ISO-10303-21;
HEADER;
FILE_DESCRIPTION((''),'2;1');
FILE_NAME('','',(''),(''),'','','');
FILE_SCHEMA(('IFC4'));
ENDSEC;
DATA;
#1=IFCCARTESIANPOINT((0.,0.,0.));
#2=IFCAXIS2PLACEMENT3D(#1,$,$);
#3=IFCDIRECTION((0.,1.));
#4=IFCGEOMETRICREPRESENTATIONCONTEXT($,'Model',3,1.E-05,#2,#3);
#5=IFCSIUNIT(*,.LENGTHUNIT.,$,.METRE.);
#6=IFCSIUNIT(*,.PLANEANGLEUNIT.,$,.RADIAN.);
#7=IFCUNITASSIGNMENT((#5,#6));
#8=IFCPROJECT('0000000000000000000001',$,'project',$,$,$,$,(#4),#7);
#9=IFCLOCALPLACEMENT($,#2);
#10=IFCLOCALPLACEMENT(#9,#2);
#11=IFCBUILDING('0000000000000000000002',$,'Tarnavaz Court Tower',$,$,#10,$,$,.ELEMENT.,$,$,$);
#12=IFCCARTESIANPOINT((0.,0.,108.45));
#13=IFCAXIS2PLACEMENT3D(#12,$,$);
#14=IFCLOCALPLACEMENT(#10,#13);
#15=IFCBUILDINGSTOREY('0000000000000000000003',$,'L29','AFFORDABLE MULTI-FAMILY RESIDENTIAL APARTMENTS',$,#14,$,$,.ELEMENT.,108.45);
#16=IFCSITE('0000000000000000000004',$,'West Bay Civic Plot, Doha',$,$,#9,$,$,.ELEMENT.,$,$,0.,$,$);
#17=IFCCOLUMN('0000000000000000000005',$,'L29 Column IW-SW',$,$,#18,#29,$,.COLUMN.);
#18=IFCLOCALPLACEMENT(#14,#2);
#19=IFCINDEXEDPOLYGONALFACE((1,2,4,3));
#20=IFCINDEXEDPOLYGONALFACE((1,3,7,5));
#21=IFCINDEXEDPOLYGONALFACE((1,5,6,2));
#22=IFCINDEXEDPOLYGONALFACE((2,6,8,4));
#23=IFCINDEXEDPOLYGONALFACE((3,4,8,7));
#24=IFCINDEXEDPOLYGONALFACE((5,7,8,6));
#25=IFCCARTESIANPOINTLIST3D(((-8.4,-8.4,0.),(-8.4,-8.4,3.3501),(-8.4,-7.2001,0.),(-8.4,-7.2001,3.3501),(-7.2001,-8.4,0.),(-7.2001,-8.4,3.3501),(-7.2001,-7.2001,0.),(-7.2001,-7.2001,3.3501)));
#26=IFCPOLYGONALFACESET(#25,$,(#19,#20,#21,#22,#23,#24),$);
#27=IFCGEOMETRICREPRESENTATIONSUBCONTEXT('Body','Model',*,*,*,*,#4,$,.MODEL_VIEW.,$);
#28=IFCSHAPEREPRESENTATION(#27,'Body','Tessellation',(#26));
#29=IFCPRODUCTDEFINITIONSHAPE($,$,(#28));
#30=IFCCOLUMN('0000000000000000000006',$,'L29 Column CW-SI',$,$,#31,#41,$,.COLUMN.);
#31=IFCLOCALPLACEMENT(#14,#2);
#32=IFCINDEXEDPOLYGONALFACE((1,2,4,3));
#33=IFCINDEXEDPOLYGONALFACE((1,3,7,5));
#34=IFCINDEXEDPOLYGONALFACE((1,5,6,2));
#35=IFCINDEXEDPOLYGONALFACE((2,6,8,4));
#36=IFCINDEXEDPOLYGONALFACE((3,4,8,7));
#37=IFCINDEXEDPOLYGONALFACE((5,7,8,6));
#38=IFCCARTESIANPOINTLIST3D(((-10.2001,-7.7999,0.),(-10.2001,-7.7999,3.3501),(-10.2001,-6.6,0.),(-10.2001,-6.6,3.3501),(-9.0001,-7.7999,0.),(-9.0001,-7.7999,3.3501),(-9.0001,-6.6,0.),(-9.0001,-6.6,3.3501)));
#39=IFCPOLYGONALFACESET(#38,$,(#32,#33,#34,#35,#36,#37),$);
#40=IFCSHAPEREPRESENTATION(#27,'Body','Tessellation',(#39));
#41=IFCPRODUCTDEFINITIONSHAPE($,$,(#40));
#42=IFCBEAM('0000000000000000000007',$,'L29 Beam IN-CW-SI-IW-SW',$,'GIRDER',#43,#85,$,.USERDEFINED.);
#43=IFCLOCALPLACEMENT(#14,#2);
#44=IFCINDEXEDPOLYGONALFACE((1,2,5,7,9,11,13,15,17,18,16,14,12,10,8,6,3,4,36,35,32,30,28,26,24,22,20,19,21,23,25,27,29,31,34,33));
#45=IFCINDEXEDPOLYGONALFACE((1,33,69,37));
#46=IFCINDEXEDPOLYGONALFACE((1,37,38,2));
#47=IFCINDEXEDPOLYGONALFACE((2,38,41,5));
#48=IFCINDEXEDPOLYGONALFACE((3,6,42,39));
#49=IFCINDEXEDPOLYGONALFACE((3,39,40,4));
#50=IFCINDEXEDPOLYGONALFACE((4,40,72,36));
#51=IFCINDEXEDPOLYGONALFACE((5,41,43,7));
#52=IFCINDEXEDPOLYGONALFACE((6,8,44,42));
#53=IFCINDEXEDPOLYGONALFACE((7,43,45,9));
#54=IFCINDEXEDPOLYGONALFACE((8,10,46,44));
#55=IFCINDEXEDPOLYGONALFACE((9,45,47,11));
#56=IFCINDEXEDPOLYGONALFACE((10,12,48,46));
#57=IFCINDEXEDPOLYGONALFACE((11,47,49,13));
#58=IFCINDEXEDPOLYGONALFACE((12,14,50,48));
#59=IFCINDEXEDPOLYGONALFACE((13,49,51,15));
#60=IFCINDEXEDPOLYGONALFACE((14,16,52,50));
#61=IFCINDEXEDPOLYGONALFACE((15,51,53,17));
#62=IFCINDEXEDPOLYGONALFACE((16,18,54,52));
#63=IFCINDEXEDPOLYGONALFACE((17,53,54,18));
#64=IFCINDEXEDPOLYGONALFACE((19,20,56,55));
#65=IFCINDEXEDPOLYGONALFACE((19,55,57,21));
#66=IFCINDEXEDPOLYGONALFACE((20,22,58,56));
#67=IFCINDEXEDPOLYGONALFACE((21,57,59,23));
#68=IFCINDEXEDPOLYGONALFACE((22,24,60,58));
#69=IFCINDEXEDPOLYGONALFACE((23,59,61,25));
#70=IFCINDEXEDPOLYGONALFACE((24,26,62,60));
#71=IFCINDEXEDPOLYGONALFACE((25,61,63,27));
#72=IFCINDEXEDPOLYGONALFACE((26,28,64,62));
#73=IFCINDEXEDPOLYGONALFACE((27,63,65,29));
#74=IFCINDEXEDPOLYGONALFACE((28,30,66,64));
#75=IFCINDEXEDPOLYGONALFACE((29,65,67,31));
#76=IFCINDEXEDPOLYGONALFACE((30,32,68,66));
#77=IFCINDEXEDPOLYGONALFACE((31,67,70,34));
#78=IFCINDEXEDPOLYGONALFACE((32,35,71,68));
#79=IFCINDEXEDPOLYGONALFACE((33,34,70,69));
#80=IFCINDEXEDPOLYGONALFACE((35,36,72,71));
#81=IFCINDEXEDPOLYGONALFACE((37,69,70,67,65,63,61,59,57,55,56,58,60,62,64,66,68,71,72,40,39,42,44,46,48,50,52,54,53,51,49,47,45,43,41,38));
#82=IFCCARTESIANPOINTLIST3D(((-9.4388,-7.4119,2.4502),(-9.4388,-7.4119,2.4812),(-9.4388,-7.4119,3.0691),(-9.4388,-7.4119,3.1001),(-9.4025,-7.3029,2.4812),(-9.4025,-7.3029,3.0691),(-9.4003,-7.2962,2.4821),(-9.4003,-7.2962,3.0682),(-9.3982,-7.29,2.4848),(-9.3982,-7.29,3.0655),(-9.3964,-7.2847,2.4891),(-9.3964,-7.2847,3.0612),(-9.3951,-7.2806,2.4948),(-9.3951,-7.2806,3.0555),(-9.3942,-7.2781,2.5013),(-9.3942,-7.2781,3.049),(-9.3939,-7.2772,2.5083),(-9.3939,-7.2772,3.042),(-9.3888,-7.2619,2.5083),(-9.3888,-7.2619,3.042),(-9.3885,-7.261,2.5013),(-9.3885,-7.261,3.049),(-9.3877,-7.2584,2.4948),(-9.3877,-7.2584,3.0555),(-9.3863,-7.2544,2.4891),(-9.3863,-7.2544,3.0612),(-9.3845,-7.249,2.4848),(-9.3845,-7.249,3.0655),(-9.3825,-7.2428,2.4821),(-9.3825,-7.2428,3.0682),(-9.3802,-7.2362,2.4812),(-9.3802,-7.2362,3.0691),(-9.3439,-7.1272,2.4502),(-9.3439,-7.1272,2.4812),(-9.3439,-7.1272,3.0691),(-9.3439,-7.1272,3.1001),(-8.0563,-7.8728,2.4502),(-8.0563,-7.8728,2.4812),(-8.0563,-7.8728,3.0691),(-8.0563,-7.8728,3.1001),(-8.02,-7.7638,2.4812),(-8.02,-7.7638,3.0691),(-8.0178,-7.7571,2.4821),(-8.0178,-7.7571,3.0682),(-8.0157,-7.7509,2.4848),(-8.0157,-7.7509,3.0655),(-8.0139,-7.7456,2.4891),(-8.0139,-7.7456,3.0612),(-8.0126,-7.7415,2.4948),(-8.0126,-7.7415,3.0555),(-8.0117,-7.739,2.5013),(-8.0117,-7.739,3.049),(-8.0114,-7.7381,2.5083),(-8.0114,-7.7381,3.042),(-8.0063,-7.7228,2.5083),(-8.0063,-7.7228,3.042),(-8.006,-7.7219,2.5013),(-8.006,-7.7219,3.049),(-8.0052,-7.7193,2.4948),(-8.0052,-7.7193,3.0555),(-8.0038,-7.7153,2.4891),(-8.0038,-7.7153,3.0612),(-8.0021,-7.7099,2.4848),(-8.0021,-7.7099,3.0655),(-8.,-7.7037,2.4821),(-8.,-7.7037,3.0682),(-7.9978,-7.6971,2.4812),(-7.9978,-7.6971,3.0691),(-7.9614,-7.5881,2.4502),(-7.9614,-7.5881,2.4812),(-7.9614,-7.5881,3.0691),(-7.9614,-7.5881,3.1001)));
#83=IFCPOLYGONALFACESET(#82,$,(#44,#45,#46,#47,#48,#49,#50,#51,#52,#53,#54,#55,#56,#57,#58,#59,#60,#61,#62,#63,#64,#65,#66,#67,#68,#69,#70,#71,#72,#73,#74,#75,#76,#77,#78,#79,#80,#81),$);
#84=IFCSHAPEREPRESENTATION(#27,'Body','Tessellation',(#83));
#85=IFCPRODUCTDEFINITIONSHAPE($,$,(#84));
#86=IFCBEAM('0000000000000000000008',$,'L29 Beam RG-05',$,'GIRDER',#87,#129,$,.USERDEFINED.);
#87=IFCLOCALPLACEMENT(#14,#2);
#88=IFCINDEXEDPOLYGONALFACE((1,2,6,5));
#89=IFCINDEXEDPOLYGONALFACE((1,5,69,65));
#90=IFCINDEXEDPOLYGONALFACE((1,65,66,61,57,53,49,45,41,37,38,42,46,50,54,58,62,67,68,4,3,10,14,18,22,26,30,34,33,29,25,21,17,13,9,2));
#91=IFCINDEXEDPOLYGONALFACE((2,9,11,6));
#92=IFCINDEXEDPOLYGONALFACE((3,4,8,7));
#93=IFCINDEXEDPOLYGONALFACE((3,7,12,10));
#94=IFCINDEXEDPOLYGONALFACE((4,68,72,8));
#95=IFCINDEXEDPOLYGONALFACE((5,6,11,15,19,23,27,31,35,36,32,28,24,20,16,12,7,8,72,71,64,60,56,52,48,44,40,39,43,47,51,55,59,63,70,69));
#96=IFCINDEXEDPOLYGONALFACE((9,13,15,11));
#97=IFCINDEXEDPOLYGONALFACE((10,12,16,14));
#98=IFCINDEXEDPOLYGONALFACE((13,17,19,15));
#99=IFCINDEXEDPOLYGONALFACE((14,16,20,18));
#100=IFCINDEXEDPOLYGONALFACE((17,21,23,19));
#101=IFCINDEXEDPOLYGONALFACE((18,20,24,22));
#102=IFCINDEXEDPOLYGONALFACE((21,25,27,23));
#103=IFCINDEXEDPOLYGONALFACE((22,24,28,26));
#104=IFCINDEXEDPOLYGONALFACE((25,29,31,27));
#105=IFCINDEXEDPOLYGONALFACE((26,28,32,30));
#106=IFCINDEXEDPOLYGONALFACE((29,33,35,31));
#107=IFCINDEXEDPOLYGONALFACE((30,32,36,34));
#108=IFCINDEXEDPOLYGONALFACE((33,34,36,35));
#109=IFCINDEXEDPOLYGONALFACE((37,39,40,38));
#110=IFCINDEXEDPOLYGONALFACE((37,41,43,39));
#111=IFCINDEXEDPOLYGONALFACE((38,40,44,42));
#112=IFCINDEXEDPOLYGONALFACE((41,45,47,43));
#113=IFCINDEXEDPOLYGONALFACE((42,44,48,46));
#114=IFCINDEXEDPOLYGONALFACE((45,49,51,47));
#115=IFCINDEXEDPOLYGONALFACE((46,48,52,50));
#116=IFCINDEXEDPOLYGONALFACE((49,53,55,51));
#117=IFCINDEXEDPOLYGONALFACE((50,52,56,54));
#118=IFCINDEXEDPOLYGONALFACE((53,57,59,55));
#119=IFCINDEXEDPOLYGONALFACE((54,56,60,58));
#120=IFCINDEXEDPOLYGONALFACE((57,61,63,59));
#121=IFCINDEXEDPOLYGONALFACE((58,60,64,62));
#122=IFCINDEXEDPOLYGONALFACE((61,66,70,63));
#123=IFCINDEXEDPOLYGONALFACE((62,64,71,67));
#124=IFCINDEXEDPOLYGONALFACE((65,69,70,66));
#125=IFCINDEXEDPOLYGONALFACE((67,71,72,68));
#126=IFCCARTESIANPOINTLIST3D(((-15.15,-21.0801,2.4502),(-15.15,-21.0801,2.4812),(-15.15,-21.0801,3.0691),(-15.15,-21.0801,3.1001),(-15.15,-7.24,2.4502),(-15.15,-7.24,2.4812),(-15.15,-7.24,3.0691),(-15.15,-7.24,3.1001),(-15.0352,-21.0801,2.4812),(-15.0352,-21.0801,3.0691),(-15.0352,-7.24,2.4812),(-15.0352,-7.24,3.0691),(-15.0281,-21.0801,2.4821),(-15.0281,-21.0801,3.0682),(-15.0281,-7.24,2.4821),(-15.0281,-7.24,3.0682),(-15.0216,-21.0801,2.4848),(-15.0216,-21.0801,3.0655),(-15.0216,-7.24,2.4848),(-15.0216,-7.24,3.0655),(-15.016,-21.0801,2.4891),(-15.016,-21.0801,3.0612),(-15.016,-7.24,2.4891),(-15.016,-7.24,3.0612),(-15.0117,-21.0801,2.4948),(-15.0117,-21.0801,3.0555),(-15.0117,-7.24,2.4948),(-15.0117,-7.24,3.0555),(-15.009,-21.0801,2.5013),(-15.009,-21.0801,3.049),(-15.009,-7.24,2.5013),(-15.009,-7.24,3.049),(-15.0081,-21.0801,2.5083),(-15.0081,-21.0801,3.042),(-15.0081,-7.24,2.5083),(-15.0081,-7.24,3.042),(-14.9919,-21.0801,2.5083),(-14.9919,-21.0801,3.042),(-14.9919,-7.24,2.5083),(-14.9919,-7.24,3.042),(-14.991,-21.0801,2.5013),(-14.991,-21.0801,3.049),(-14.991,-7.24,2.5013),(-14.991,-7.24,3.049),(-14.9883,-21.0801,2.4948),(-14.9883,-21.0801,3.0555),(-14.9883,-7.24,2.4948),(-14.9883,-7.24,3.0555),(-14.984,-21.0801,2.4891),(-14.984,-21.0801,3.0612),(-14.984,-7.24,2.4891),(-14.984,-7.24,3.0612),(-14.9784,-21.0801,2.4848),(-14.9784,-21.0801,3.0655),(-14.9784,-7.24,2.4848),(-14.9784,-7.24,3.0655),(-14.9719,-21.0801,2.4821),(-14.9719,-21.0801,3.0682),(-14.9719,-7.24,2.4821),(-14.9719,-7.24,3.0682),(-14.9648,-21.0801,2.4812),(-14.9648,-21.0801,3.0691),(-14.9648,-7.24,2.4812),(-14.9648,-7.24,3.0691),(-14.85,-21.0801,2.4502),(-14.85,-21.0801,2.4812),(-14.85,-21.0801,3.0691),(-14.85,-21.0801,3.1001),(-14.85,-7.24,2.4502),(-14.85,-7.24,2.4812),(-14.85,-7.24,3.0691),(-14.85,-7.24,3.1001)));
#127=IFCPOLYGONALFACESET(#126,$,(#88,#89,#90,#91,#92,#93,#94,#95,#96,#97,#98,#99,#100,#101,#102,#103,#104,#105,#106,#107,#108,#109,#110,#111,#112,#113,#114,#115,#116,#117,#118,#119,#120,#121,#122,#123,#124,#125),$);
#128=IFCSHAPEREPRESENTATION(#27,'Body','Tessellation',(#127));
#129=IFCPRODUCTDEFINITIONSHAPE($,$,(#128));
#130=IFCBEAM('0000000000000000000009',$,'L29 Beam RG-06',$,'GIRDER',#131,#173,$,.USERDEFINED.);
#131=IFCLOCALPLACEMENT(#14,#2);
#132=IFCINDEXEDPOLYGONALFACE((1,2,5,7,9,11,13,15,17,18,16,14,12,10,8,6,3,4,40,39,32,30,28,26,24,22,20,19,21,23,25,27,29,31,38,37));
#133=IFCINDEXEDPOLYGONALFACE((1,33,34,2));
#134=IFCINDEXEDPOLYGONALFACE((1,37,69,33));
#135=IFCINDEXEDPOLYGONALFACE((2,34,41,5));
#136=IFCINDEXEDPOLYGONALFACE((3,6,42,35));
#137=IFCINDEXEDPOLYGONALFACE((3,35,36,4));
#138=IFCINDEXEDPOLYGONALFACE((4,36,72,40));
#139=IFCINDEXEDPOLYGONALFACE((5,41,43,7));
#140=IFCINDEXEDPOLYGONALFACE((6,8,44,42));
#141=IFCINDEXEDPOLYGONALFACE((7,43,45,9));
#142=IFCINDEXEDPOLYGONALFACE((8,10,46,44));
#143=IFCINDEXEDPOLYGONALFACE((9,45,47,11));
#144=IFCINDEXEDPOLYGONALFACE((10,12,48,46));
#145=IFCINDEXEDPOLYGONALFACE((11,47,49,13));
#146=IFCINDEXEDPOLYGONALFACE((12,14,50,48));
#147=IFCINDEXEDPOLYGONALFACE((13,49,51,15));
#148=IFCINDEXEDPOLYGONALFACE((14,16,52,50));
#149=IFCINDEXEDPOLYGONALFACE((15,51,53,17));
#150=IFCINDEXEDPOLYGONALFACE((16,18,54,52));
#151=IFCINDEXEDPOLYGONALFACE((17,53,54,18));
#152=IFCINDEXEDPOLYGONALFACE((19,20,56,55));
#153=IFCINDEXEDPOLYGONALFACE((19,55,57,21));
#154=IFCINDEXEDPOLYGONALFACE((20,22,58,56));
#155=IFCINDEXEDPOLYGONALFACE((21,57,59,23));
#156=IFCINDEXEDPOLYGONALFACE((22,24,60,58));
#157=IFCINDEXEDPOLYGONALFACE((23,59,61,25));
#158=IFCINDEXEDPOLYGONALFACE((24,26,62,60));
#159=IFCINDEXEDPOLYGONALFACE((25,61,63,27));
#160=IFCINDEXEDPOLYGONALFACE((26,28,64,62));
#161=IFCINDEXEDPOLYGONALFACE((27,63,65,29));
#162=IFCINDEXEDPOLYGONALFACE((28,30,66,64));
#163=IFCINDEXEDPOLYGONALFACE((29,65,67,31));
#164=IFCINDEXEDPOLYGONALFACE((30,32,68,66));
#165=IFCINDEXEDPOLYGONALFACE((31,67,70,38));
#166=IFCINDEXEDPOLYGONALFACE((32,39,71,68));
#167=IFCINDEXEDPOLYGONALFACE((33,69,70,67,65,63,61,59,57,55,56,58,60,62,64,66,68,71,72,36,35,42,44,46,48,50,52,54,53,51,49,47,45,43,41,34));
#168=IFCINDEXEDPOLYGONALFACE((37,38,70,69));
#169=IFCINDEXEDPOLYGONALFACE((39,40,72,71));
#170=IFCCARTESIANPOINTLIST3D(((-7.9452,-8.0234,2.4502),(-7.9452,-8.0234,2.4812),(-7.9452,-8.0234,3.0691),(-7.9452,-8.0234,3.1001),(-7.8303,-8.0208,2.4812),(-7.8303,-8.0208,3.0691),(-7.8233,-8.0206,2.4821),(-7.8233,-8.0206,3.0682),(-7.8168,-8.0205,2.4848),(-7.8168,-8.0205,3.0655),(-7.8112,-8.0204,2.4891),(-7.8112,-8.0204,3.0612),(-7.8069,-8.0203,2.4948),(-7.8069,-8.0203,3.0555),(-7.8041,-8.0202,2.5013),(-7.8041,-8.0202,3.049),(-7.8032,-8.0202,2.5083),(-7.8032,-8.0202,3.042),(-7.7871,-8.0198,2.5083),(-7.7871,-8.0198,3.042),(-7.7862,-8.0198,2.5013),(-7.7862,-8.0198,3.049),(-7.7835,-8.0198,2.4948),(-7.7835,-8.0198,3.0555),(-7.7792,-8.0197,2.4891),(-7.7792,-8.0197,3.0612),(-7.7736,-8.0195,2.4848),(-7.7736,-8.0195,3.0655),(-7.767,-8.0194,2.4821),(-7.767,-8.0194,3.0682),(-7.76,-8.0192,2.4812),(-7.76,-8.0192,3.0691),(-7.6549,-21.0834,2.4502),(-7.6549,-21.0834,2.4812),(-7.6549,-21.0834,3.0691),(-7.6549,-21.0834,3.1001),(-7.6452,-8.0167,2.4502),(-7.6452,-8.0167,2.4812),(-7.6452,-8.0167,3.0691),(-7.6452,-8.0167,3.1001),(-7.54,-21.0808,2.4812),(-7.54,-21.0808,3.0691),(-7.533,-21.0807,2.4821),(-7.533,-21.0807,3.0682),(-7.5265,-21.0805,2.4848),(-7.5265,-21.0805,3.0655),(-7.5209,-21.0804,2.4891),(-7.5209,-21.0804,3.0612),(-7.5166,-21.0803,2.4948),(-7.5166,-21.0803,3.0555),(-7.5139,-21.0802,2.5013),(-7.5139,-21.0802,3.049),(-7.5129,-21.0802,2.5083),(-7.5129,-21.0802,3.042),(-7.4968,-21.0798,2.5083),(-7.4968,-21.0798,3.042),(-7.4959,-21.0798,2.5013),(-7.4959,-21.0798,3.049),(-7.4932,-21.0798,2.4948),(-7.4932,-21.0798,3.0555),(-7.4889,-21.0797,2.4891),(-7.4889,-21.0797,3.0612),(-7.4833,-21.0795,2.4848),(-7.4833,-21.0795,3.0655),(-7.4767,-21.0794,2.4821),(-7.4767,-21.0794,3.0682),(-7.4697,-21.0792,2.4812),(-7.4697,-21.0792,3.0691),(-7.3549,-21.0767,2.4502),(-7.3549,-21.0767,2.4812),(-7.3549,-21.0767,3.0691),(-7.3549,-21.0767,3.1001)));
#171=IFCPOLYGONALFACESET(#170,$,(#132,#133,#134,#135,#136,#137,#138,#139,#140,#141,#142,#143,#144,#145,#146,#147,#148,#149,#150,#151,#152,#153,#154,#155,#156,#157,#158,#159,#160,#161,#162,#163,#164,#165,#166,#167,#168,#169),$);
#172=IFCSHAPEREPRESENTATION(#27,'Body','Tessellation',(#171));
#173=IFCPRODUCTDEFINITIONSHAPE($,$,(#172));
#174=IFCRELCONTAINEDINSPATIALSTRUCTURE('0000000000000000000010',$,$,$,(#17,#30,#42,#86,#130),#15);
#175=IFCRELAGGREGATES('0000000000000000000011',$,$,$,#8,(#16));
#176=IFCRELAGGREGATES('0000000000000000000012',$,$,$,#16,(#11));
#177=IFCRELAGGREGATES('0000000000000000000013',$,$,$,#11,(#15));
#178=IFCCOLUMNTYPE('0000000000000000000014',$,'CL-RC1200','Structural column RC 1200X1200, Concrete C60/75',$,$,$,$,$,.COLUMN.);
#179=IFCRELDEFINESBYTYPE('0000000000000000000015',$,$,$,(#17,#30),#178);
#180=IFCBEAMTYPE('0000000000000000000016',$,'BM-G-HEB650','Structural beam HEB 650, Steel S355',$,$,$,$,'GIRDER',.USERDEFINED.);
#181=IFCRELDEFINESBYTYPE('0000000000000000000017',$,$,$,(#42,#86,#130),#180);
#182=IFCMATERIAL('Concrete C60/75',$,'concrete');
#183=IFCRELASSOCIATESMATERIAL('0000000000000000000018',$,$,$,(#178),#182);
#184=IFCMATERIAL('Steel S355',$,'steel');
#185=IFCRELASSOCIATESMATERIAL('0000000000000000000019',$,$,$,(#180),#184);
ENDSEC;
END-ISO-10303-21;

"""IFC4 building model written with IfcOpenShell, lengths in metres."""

from ifc_helpers import new_model, si_unit, direction, frame, origin, origin_2d, place, context, subcontext, project, spatial, rectangle, i_section, extrude, material, material_profile, profile_set, type_object, element, save


model = new_model("IFC4")

# Units and contexts
model_context = context("Model", 3, precision=1e-05, world=origin(), true_north=direction((0.0, 1.0)))
body_context = subcontext(model_context, "Body", "Model", "MODEL_VIEW")
ifc_project = project(units=[si_unit("LENGTHUNIT", "METRE"), si_unit("PLANEANGLEUNIT", "RADIAN")], contexts=[model_context])

# Site, building, storey
site_placement = place(None, origin())
site = spatial("IfcSite", under=ifc_project, at=site_placement, Name="West Bay Civic Plot, Doha", CompositionType="ELEMENT", RefElevation=0.0)
building_placement = place(site_placement, origin())
building = spatial("IfcBuilding", under=site, at=building_placement, Name="Tarnavaz Court Tower", CompositionType="ELEMENT")
storey_placement = place(building_placement, frame((0.0, 0.0, 108.45)))
storey = spatial("IfcBuildingStorey", under=building, at=storey_placement, Name="L29", Description="AFFORDABLE MULTI-FAMILY RESIDENTIAL APARTMENTS", CompositionType="ELEMENT", Elevation=108.45)

# Columns
ifc_material_1 = material(Name="Concrete C60/75", Category="concrete")
ifc_material_profile_1 = material_profile(ifc_material_1, rectangle(XDim=1.2, YDim=1.2, at=origin_2d()), Name="RC 1200X1200")
ifc_profile_set_1 = profile_set([ifc_material_profile_1], Name="Concrete C60/75")
column_type = type_object("IfcColumnType", Name="CL-RC1200", Description="Structural column RC 1200X1200, Concrete C60/75", PredefinedType="COLUMN", material=ifc_profile_set_1)
for number, where, z_axis, x_axis, name in (
    (1, (-7.8, -7.8, 0.0), (0.0, 0.0, 1.0), (1.0, 0.0, 0.0), "L29 Column IW-SW"),
    (2, (-9.6001, -7.2, 0.0), (0.0, 0.0, 1.0), (1.0, 0.0, 0.0), "L29 Column CW-SI"),
):
    element("IfcColumn", number, at=place(storey_placement, frame(where, z_axis=z_axis, x_axis=x_axis)), inside=storey, type_object=column_type, Name=name, PredefinedType="COLUMN", context=body_context, shape_type="SweptSolid", body=[
        extrude(rectangle(XDim=1.2, YDim=1.2, at=origin_2d()), origin(), (0.0, 0.0, 1.0), 3.3501),
    ])

# Beams
ifc_material_2 = material(Name="Steel S355", Category="steel")
ifc_material_profile_2 = material_profile(ifc_material_2, i_section(OverallWidth=0.3, OverallDepth=0.6499, WebThickness=0.0161, FlangeThickness=0.031, FilletRadius=0.0271, at=origin_2d()), Name="HEB 650")
ifc_profile_set_2 = profile_set([ifc_material_profile_2], Name="Steel S355")
beam_type_1 = type_object("IfcBeamType", Name="BM-G-HEB650", Description="Structural beam HEB 650, Steel S355", ElementType="GIRDER", PredefinedType="USERDEFINED", material=ifc_profile_set_2)
beam_1_placement = place(storey_placement, frame((-9.3914, -7.2695, 2.7751), z_axis=(0.948667, -0.316278, 0.0), x_axis=(0.316278, 0.948667, 0.0)))
element("IfcBeam", 3, at=beam_1_placement, inside=storey, type_object=beam_type_1, Name="L29 Beam IN-CW-SI-IW-SW", ObjectType="GIRDER", PredefinedType="USERDEFINED", context=body_context, shape_type="SweptSolid", body=[
    extrude(i_section(OverallWidth=0.3, OverallDepth=0.6499, WebThickness=0.0161, FlangeThickness=0.031, FilletRadius=0.0271, at=origin_2d()), origin(), (0.0, 0.0, 1.0), 1.4573),
])
beam_2_placement = place(storey_placement, frame((-15.0, -7.24, 2.7751), z_axis=(0.0, -1.0, 0.0), x_axis=(1.0, 0.0, 0.0)))
element("IfcBeam", 4, at=beam_2_placement, inside=storey, type_object=beam_type_1, Name="L29 Beam RG-05", ObjectType="GIRDER", PredefinedType="USERDEFINED", context=body_context, shape_type="SweptSolid", body=[
    extrude(i_section(OverallWidth=0.3, OverallDepth=0.6499, WebThickness=0.0161, FlangeThickness=0.031, FilletRadius=0.0271, at=origin_2d()), origin(), (0.0, 0.0, 1.0), 13.8401),
])
beam_3_placement = place(storey_placement, frame((-7.7952, -8.02, 2.7751), z_axis=(0.022221, -0.999753, 0.0), x_axis=(0.999753, 0.022221, 0.0)))
element("IfcBeam", 5, at=beam_3_placement, inside=storey, type_object=beam_type_1, Name="L29 Beam RG-06", ObjectType="GIRDER", PredefinedType="USERDEFINED", context=body_context, shape_type="SweptSolid", body=[
    extrude(i_section(OverallWidth=0.3, OverallDepth=0.6499, WebThickness=0.0161, FlangeThickness=0.031, FilletRadius=0.0271, at=origin_2d()), origin(), (0.0, 0.0, 1.0), 13.0632),
])

save(model, "model.ifc")
